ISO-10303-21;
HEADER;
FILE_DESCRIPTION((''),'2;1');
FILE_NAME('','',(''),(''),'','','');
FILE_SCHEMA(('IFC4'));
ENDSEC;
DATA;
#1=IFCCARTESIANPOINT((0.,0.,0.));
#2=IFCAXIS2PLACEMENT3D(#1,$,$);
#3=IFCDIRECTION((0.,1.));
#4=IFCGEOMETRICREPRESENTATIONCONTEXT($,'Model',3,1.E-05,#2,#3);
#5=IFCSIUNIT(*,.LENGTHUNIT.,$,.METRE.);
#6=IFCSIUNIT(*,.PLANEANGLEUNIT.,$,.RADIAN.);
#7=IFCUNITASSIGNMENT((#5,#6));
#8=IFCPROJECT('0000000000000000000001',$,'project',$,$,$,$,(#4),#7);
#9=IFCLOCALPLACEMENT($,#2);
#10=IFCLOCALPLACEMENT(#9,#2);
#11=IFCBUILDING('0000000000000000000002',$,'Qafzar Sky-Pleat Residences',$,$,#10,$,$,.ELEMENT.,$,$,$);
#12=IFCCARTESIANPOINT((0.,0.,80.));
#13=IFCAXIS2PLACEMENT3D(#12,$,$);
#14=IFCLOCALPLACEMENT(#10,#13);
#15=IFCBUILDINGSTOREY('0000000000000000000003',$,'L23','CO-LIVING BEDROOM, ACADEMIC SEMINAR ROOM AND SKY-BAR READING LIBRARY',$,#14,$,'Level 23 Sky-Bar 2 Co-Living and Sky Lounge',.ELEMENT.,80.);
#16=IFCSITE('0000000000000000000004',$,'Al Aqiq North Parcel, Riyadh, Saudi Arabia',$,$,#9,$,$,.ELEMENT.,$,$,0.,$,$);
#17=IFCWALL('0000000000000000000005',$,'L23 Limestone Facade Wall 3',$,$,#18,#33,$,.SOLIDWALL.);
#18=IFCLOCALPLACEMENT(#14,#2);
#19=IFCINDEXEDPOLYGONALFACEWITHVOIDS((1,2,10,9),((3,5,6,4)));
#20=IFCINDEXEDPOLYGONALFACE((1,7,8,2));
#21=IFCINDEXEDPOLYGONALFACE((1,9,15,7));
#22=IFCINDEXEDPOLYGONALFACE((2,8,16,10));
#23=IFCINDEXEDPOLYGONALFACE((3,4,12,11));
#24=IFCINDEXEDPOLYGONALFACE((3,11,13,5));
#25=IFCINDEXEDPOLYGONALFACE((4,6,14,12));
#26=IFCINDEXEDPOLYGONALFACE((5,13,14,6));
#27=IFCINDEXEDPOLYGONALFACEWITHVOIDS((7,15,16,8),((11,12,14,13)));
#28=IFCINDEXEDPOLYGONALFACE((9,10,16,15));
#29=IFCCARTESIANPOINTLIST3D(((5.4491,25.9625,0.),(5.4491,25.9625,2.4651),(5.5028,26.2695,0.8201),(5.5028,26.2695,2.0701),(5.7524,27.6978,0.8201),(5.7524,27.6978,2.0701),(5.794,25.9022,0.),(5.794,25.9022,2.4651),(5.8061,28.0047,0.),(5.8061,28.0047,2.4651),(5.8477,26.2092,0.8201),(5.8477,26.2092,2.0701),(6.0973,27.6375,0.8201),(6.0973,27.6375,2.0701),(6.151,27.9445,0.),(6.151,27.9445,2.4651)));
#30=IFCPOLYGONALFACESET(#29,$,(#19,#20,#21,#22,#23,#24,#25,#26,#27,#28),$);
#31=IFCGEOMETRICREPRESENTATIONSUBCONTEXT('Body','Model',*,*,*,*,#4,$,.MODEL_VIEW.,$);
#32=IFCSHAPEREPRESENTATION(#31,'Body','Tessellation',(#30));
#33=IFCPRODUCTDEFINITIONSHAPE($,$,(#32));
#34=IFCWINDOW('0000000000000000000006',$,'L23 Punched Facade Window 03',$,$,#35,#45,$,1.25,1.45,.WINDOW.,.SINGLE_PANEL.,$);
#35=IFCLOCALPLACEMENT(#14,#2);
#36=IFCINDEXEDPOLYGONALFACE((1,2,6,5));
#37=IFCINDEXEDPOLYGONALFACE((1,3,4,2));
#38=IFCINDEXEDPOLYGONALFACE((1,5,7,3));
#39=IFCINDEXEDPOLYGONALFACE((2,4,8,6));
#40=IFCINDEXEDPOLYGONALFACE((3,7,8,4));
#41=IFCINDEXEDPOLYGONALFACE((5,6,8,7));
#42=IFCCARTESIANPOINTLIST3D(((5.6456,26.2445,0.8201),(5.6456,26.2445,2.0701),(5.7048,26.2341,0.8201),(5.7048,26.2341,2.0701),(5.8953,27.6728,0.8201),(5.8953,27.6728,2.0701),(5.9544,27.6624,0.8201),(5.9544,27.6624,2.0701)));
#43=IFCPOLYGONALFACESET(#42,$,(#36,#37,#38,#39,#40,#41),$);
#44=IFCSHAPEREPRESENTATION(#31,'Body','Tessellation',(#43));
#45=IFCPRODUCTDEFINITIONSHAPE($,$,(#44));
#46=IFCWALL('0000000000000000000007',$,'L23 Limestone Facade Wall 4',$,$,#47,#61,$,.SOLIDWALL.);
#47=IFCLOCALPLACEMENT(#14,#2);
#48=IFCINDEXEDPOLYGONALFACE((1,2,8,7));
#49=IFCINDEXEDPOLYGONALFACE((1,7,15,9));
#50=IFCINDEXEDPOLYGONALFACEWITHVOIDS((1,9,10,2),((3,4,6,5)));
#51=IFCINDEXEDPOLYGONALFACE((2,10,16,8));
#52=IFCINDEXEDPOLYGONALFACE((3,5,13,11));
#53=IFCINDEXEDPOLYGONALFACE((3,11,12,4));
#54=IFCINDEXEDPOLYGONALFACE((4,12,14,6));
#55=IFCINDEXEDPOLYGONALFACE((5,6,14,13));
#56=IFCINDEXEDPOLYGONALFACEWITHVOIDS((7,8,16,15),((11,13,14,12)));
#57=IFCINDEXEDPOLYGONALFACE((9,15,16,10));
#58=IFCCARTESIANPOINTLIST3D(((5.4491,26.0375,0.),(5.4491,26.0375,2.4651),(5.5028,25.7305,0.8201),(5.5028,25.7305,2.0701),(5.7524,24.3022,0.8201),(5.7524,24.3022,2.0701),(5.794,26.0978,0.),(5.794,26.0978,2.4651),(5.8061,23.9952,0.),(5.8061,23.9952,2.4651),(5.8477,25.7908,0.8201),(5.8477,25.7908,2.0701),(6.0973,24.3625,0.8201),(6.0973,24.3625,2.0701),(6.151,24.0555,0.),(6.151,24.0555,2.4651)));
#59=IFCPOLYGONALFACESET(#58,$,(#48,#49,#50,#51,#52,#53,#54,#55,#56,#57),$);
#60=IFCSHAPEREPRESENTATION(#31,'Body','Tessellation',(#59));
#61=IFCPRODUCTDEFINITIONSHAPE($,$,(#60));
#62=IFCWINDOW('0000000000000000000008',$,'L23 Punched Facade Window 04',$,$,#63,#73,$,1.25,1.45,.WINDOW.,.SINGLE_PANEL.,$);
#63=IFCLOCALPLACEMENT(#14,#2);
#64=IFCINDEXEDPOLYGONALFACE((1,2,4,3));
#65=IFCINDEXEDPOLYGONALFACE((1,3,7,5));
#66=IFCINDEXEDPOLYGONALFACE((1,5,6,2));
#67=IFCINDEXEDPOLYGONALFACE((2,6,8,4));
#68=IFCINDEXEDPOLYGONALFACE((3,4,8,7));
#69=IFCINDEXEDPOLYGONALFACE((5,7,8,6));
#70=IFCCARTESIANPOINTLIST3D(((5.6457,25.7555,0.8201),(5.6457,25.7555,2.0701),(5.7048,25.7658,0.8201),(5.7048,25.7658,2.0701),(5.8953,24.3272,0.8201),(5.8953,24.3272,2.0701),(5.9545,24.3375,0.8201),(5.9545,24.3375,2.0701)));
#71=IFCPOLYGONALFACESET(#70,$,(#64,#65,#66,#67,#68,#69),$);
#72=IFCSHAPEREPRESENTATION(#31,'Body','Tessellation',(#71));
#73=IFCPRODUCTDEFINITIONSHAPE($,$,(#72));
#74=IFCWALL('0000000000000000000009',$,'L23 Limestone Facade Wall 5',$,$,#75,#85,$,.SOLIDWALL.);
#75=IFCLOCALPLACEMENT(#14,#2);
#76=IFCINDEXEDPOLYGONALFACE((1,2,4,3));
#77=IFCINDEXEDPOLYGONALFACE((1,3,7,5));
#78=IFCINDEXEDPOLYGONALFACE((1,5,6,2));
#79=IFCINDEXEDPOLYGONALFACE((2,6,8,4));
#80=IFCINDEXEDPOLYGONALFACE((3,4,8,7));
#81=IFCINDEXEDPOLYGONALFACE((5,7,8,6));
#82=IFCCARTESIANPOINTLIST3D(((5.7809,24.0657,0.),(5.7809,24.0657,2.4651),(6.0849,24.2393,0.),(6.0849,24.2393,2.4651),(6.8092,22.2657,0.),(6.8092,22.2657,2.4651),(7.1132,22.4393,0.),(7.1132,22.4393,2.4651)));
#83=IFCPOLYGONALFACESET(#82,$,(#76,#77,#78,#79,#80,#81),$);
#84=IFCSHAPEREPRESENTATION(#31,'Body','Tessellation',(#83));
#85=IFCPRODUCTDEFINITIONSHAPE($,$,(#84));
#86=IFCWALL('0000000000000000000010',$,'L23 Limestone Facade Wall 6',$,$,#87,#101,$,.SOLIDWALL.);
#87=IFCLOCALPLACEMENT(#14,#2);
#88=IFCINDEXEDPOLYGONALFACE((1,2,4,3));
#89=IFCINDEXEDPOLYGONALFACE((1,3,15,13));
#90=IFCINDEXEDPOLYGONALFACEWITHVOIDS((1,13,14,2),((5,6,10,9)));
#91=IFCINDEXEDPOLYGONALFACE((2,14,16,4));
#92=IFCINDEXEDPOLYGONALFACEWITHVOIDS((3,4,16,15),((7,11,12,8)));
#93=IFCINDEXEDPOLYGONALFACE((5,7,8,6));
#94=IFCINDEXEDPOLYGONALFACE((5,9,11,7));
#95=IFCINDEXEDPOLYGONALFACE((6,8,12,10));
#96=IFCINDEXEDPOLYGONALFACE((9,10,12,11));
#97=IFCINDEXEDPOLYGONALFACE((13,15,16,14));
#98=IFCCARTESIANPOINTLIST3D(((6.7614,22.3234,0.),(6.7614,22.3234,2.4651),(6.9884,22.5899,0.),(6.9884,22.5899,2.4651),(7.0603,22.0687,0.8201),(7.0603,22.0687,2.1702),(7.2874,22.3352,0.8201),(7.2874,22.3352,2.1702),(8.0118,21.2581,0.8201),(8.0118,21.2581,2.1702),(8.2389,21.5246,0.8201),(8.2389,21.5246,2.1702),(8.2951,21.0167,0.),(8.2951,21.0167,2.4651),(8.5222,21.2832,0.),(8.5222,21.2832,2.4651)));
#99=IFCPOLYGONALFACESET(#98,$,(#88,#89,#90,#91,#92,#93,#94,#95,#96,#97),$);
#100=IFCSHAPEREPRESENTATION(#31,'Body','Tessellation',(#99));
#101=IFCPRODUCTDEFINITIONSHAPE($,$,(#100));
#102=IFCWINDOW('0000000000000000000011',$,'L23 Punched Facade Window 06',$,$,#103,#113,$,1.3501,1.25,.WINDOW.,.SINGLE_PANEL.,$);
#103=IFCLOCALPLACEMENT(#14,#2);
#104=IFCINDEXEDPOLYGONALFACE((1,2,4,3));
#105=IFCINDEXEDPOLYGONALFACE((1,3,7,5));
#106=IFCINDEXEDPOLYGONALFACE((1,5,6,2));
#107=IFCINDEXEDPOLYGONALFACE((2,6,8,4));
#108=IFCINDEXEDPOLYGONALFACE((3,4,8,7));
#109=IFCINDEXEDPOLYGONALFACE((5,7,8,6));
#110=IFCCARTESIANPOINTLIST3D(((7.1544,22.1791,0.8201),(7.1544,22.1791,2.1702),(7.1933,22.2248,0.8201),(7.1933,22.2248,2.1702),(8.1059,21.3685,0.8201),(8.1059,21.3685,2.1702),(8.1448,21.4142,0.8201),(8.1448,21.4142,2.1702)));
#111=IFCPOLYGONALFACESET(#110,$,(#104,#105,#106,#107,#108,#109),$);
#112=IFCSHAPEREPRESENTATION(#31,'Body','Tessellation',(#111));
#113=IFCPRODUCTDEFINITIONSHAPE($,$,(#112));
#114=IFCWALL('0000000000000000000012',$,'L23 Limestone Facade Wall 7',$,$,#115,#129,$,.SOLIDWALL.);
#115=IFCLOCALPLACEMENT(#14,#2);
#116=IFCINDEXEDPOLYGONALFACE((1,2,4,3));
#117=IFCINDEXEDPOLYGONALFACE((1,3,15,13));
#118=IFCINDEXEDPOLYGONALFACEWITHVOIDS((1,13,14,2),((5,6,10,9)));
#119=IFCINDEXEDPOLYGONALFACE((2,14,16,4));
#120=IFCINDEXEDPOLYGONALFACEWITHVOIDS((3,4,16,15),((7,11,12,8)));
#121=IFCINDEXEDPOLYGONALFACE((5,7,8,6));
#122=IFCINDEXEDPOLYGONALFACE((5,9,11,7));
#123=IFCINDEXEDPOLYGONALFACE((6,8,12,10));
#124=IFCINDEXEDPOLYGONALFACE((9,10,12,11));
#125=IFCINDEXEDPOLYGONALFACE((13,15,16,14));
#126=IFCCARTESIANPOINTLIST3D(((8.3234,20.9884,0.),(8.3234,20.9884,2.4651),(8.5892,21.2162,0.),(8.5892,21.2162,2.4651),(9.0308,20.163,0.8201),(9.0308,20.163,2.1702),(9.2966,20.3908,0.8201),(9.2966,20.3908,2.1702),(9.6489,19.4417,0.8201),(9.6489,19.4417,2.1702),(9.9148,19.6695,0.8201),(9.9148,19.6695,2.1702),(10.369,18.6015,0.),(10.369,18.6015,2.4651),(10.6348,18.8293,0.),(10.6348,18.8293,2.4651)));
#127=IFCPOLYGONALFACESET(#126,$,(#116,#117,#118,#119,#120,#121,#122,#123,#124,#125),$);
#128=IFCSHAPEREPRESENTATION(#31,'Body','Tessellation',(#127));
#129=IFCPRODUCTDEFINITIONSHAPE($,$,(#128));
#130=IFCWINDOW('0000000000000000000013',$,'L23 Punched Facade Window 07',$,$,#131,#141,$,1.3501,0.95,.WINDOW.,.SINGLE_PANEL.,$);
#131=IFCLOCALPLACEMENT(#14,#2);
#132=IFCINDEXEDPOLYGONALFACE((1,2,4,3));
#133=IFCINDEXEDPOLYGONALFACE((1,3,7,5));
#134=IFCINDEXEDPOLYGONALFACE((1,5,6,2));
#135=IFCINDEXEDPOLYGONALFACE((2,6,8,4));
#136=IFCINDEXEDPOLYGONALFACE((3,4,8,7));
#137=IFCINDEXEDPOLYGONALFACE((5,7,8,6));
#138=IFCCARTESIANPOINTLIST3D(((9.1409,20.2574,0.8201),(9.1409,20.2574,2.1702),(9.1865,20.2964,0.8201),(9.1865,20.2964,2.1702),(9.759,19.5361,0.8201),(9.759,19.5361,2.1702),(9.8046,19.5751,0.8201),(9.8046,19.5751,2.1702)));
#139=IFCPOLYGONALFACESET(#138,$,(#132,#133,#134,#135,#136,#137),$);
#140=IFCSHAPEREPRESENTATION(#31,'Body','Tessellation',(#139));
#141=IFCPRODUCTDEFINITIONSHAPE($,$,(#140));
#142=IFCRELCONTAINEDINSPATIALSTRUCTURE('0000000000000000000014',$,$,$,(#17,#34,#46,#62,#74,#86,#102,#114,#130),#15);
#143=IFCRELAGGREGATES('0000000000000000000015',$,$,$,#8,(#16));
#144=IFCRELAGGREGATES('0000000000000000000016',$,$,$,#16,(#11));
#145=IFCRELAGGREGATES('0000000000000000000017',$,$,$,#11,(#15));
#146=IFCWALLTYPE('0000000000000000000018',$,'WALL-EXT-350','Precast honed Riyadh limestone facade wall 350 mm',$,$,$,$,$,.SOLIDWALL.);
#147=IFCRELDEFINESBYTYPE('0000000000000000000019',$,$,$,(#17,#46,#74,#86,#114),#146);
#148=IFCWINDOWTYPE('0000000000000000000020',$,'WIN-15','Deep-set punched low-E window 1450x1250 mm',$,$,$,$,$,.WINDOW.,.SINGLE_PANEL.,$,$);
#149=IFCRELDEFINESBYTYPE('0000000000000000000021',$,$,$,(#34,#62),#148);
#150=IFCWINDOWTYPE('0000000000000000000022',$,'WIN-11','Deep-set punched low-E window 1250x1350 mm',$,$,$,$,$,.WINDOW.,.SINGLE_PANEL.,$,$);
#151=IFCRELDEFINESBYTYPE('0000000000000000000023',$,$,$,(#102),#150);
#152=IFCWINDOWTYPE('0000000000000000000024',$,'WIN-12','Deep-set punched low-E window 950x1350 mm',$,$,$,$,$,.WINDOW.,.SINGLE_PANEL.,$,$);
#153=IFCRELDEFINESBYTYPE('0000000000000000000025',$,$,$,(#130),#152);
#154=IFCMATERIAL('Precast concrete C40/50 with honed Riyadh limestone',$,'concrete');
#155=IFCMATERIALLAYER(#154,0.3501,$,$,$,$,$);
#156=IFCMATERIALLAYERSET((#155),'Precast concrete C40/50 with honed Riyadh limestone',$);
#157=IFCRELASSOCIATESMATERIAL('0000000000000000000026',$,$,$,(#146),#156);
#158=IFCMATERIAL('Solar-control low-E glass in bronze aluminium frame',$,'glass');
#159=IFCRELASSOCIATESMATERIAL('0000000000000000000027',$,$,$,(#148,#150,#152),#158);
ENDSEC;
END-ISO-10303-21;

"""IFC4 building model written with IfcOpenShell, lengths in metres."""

from ifc_helpers import new_model, si_unit, direction, frame, frame_2d, origin, place, context, subcontext, project, spatial, rectangle, extrude, source, transform, mapped, material, layer, layer_set, type_object, element, fill, save


model = new_model("IFC4")

# Units and contexts
model_context = context("Model", 3, precision=1e-05, world=origin(), true_north=direction((0.0, 1.0)))
body_context = subcontext(model_context, "Body", "Model", "MODEL_VIEW")
ifc_project = project(units=[si_unit("LENGTHUNIT", "METRE"), si_unit("PLANEANGLEUNIT", "RADIAN")], contexts=[model_context])

# Site, building, storey
site_placement = place(None, origin())
site = spatial("IfcSite", under=ifc_project, at=site_placement, Name="Al Aqiq North Parcel, Riyadh, Saudi Arabia", CompositionType="ELEMENT", RefElevation=0.0)
building_placement = place(site_placement, origin())
building = spatial("IfcBuilding", under=site, at=building_placement, Name="Qafzar Sky-Pleat Residences", CompositionType="ELEMENT")
storey_placement = place(building_placement, frame((0.0, 0.0, 80.0)))
storey = spatial("IfcBuildingStorey", under=building, at=storey_placement, Name="L23", Description="CO-LIVING BEDROOM, ACADEMIC SEMINAR ROOM AND SKY-BAR READING LIBRARY", LongName="Level 23 Sky-Bar 2 Co-Living and Sky Lounge", CompositionType="ELEMENT", Elevation=80.0)

# Walls, openings, windows
ifc_material_1 = material(Name="Precast concrete C40/50 with honed Riyadh limestone", Category="concrete")
ifc_layer_1 = layer(ifc_material_1, 0.3501)
ifc_layer_set_1 = layer_set([ifc_layer_1], Name="Precast concrete C40/50 with honed Riyadh limestone")
wall_type_1 = type_object("IfcWallType", Name="WALL-EXT-350", Description="Precast honed Riyadh limestone facade wall 350 mm", PredefinedType="SOLIDWALL", material=ifc_layer_set_1)
wall_1_placement = place(storey_placement, frame((5.9785, 27.9746, 0.0), z_axis=(0.0, 0.0, 1.0), x_axis=(-0.172166, -0.985068, 0.0)))
wall_1 = element("IfcWall", 1, at=wall_1_placement, inside=storey, type_object=wall_type_1, Name="L23 Limestone Facade Wall 3", PredefinedType="SOLIDWALL", context=body_context, shape_type="SweptSolid", body=[
    extrude(rectangle(XDim=2.0732, YDim=0.3501, at=frame_2d((1.0366, 0.0))), origin(), (0.0, 0.0, 1.0), 2.4651),
])
opening_1_placement = place(wall_1_placement, frame((0.3115, 0.0, 0.8201)))
opening_1 = element("IfcOpeningElement", 2, at=opening_1_placement, cuts=wall_1, PredefinedType="OPENING", context=body_context, shape_type="SweptSolid", body=[
    extrude(rectangle(XDim=1.45, YDim=1.25, at=frame_2d((0.7251, 0.625))), frame((0.0, 0.1851, 0.0), z_axis=(0.0, -1.0, 0.0), x_axis=(1.0, 0.0, 0.0)), (0.0, 0.0, 1.0), 0.3701),
])
ifc_material_2 = material(Name="Solar-control low-E glass in bronze aluminium frame", Category="glass")
window_type_1 = type_object("IfcWindowType", Name="WIN-15", Description="Deep-set punched low-E window 1450x1250 mm", PartitioningType="SINGLE_PANEL", PredefinedType="WINDOW", material=ifc_material_2)
shared_shape_1 = source(origin(), body_context, "Body", "SweptSolid", [
    extrude(rectangle(XDim=1.45, YDim=1.25, at=frame_2d((0.7251, 0.625))), frame((0.0, 0.03, 0.0), z_axis=(0.0, -1.0, 0.0), x_axis=(1.0, 0.0, 0.0)), (0.0, 0.0, 1.0), 0.0601),
])
window_1_placement = place(opening_1_placement, origin())
window_1 = element("IfcWindow", 3, at=window_1_placement, inside=storey, type_object=window_type_1, Name="L23 Punched Facade Window 03", OverallHeight=1.25, OverallWidth=1.45, PartitioningType="SINGLE_PANEL", PredefinedType="WINDOW", context=body_context, shape_type="MappedRepresentation", body=[
    mapped(shared_shape_1, transform((0.0, 0.0, 0.0), x_axis=(1.0, 0.0, 0.0), y_axis=(0.0, 1.0, 0.0), z_axis=(0.0, 0.0, 1.0), scale=1.0)),
])
fill(opening_1, window_1)
wall_2_placement = place(storey_placement, frame((5.6216, 26.0676, 0.0), z_axis=(0.0, 0.0, 1.0), x_axis=(0.172166, -0.985068, 0.0)))
wall_2 = element("IfcWall", 4, at=wall_2_placement, inside=storey, type_object=wall_type_1, Name="L23 Limestone Facade Wall 4", PredefinedType="SOLIDWALL", context=body_context, shape_type="SweptSolid", body=[
    extrude(rectangle(XDim=2.0732, YDim=0.3501, at=frame_2d((1.0366, 0.0))), origin(), (0.0, 0.0, 1.0), 2.4651),
])
opening_2_placement = place(wall_2_placement, frame((0.3115, 0.0, 0.8201)))
opening_2 = element("IfcOpeningElement", 5, at=opening_2_placement, cuts=wall_2, PredefinedType="OPENING", context=body_context, shape_type="SweptSolid", body=[
    extrude(rectangle(XDim=1.45, YDim=1.25, at=frame_2d((0.7251, 0.625))), frame((0.0, 0.1851, 0.0), z_axis=(0.0, -1.0, 0.0), x_axis=(1.0, 0.0, 0.0)), (0.0, 0.0, 1.0), 0.3701),
])
window_2_placement = place(opening_2_placement, origin())
window_2 = element("IfcWindow", 6, at=window_2_placement, inside=storey, type_object=window_type_1, Name="L23 Punched Facade Window 04", OverallHeight=1.25, OverallWidth=1.45, PartitioningType="SINGLE_PANEL", PredefinedType="WINDOW", context=body_context, shape_type="MappedRepresentation", body=[
    mapped(shared_shape_1, transform((0.0, 0.0, 0.0), x_axis=(1.0, 0.0, 0.0), y_axis=(0.0, 1.0, 0.0), z_axis=(0.0, 0.0, 1.0), scale=1.0)),
])
fill(opening_2, window_2)

# Wall
wall_3_placement = place(storey_placement, frame((5.9329, 24.1526, 0.0), z_axis=(0.0, 0.0, 1.0), x_axis=(0.496037, -0.868301, 0.0)))
element("IfcWall", 7, at=wall_3_placement, inside=storey, type_object=wall_type_1, Name="L23 Limestone Facade Wall 5", PredefinedType="SOLIDWALL", context=body_context, shape_type="SweptSolid", body=[
    extrude(rectangle(XDim=2.073, YDim=0.3501, at=frame_2d((1.0366, 0.0))), origin(), (0.0, 0.0, 1.0), 2.4651),
])

# Walls, openings, windows
wall_4_placement = place(storey_placement, frame((6.875, 22.4565, 0.0), z_axis=(0.0, 0.0, 1.0), x_axis=(0.761203, -0.648513, 0.0)))
wall_4 = element("IfcWall", 8, at=wall_4_placement, inside=storey, type_object=wall_type_1, Name="L23 Limestone Facade Wall 6", PredefinedType="SOLIDWALL", context=body_context, shape_type="SweptSolid", body=[
    extrude(rectangle(XDim=2.0149, YDim=0.3501, at=frame_2d((1.0073, 0.0))), origin(), (0.0, 0.0, 1.0), 2.4651),
])
opening_3_placement = place(wall_4_placement, frame((0.3926, 0.0, 0.8201)))
opening_3 = element("IfcOpeningElement", 9, at=opening_3_placement, cuts=wall_4, PredefinedType="OPENING", context=body_context, shape_type="SweptSolid", body=[
    extrude(rectangle(XDim=1.25, YDim=1.3501, at=frame_2d((0.625, 0.675))), frame((0.0, 0.1851, 0.0), z_axis=(0.0, -1.0, 0.0), x_axis=(1.0, 0.0, 0.0)), (0.0, 0.0, 1.0), 0.3701),
])
window_type_2 = type_object("IfcWindowType", Name="WIN-11", Description="Deep-set punched low-E window 1250x1350 mm", PartitioningType="SINGLE_PANEL", PredefinedType="WINDOW", material=ifc_material_2)
shared_shape_2 = source(origin(), body_context, "Body", "SweptSolid", [
    extrude(rectangle(XDim=1.25, YDim=1.3501, at=frame_2d((0.625, 0.675))), frame((0.0, 0.03, 0.0), z_axis=(0.0, -1.0, 0.0), x_axis=(1.0, 0.0, 0.0)), (0.0, 0.0, 1.0), 0.0601),
])
window_3_placement = place(opening_3_placement, origin())
window_3 = element("IfcWindow", 10, at=window_3_placement, inside=storey, type_object=window_type_2, Name="L23 Punched Facade Window 06", OverallHeight=1.3501, OverallWidth=1.25, PartitioningType="SINGLE_PANEL", PredefinedType="WINDOW", context=body_context, shape_type="MappedRepresentation", body=[
    mapped(shared_shape_2, transform((0.0, 0.0, 0.0), x_axis=(1.0, 0.0, 0.0), y_axis=(0.0, 1.0, 0.0), z_axis=(0.0, 0.0, 1.0), scale=1.0)),
])
fill(opening_3, window_3)
wall_5_placement = place(storey_placement, frame((8.4563, 21.1023, 0.0), z_axis=(0.0, 0.0, 1.0), x_axis=(0.650734, -0.759306, 0.0)))
wall_5 = element("IfcWall", 11, at=wall_5_placement, inside=storey, type_object=wall_type_1, Name="L23 Limestone Facade Wall 7", PredefinedType="SOLIDWALL", context=body_context, shape_type="SweptSolid", body=[
    extrude(rectangle(XDim=3.1436, YDim=0.3501, at=frame_2d((1.5718, 0.0))), origin(), (0.0, 0.0, 1.0), 2.4651),
])
opening_4_placement = place(wall_5_placement, frame((1.0869, 0.0, 0.8201)))
opening_4 = element("IfcOpeningElement", 12, at=opening_4_placement, cuts=wall_5, PredefinedType="OPENING", context=body_context, shape_type="SweptSolid", body=[
    extrude(rectangle(XDim=0.95, YDim=1.3501, at=frame_2d((0.4751, 0.675))), frame((0.0, 0.1851, 0.0), z_axis=(0.0, -1.0, 0.0), x_axis=(1.0, 0.0, 0.0)), (0.0, 0.0, 1.0), 0.3701),
])
window_type_3 = type_object("IfcWindowType", Name="WIN-12", Description="Deep-set punched low-E window 950x1350 mm", PartitioningType="SINGLE_PANEL", PredefinedType="WINDOW", material=ifc_material_2)
shared_shape_3 = source(origin(), body_context, "Body", "SweptSolid", [
    extrude(rectangle(XDim=0.95, YDim=1.3501, at=frame_2d((0.4751, 0.675))), frame((0.0, 0.03, 0.0), z_axis=(0.0, -1.0, 0.0), x_axis=(1.0, 0.0, 0.0)), (0.0, 0.0, 1.0), 0.0601),
])
window_4_placement = place(opening_4_placement, origin())
window_4 = element("IfcWindow", 13, at=window_4_placement, inside=storey, type_object=window_type_3, Name="L23 Punched Facade Window 07", OverallHeight=1.3501, OverallWidth=0.95, PartitioningType="SINGLE_PANEL", PredefinedType="WINDOW", context=body_context, shape_type="MappedRepresentation", body=[
    mapped(shared_shape_3, transform((0.0, 0.0, 0.0), x_axis=(1.0, 0.0, 0.0), y_axis=(0.0, 1.0, 0.0), z_axis=(0.0, 0.0, 1.0), scale=1.0)),
])
fill(opening_4, window_4)

save(model, "model.ifc")
